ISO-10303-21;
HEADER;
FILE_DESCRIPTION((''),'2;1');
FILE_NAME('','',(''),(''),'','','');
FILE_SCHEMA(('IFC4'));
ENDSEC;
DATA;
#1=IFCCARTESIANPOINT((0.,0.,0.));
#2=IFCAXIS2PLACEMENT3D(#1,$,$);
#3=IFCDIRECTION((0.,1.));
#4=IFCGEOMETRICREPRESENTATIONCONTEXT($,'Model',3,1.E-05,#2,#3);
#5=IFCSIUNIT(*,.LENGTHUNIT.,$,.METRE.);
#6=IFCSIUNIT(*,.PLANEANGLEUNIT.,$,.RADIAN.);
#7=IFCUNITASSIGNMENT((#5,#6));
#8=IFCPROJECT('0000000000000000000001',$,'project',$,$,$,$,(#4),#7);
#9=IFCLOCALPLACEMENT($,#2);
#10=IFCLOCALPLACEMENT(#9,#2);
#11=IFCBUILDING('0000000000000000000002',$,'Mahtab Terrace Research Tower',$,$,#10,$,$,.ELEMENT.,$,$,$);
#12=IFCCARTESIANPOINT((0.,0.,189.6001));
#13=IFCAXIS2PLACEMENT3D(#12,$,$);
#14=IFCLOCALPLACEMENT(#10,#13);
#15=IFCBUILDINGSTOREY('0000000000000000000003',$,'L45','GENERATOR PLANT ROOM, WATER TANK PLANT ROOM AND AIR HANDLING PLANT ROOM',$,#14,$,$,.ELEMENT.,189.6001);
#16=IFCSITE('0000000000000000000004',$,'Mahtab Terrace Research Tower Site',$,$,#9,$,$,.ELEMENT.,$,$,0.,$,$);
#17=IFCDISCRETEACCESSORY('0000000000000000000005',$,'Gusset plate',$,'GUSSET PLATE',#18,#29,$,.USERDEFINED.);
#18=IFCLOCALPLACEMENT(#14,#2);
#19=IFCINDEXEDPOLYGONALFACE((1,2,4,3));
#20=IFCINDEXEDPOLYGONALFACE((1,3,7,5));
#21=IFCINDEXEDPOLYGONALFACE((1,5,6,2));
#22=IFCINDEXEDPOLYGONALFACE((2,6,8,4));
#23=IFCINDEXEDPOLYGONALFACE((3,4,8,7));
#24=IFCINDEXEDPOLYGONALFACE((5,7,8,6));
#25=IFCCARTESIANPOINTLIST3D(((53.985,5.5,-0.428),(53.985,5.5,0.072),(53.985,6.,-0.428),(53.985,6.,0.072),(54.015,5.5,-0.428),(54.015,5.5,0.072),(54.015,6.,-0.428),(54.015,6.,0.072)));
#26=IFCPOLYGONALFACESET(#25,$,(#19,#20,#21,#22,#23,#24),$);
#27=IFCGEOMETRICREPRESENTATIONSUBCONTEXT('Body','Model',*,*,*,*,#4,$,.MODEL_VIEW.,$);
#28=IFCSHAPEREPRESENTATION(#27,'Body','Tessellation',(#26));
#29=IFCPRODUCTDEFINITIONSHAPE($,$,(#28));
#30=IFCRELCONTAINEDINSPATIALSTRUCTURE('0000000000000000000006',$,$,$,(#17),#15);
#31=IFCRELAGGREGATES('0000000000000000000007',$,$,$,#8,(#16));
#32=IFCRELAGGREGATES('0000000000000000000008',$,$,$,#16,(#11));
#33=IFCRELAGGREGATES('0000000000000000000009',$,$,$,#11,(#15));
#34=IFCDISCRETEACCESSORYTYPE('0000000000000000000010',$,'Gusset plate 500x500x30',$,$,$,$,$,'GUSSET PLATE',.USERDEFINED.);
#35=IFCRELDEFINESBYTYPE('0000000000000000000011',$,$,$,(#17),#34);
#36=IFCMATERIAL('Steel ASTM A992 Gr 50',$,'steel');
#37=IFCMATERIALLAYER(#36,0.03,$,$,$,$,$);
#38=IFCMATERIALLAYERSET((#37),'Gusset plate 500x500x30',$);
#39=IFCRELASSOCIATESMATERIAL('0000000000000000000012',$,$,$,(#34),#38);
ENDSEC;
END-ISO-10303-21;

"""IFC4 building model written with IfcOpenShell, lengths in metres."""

from ifc_helpers import new_model, si_unit, direction, frame, origin, origin_2d, place, context, subcontext, project, spatial, rectangle, extrude, material, layer, layer_set, type_object, element, save


model = new_model("IFC4")

# Units and contexts
model_context = context("Model", 3, precision=1e-05, world=origin(), true_north=direction((0.0, 1.0)))
body_context = subcontext(model_context, "Body", "Model", "MODEL_VIEW")
ifc_project = project(units=[si_unit("LENGTHUNIT", "METRE"), si_unit("PLANEANGLEUNIT", "RADIAN")], contexts=[model_context])

# Site, building, storey
site_placement = place(None, origin())
site = spatial("IfcSite", under=ifc_project, at=site_placement, Name="Mahtab Terrace Research Tower Site", CompositionType="ELEMENT", RefElevation=0.0)
building_placement = place(site_placement, origin())
building = spatial("IfcBuilding", under=site, at=building_placement, Name="Mahtab Terrace Research Tower", CompositionType="ELEMENT")
storey_placement = place(building_placement, frame((0.0, 0.0, 189.6001)))
storey = spatial("IfcBuildingStorey", under=building, at=storey_placement, Name="L45", Description="GENERATOR PLANT ROOM, WATER TANK PLANT ROOM AND AIR HANDLING PLANT ROOM", CompositionType="ELEMENT", Elevation=189.6001)

# Shared definitions
ifc_material_1 = material(Name="Steel ASTM A992 Gr 50", Category="steel")

# Discrete accessory
ifc_layer = layer(ifc_material_1, 0.03)
ifc_layer_set = layer_set([ifc_layer], Name="Gusset plate 500x500x30")
discrete_accessory_type_1 = type_object("IfcDiscreteAccessoryType", Name="Gusset plate 500x500x30", ElementType="GUSSET PLATE", PredefinedType="USERDEFINED", material=ifc_layer_set)
for number, where, z_axis, x_axis, name in (
    (1, (54.0, 5.75, -0.428), (0.0, 0.0, 1.0), (0.0, 1.0, 0.0), "Gusset plate"),
):
    element("IfcDiscreteAccessory", number, at=place(storey_placement, frame(where, z_axis=z_axis, x_axis=x_axis)), inside=storey, type_object=discrete_accessory_type_1, Name=name, ObjectType="GUSSET PLATE", PredefinedType="USERDEFINED", context=body_context, shape_type="SweptSolid", body=[
        extrude(rectangle(XDim=0.5, YDim=0.03, at=origin_2d()), origin(), (0.0, 0.0, 1.0), 0.5),
    ])

save(model, "model.ifc")
